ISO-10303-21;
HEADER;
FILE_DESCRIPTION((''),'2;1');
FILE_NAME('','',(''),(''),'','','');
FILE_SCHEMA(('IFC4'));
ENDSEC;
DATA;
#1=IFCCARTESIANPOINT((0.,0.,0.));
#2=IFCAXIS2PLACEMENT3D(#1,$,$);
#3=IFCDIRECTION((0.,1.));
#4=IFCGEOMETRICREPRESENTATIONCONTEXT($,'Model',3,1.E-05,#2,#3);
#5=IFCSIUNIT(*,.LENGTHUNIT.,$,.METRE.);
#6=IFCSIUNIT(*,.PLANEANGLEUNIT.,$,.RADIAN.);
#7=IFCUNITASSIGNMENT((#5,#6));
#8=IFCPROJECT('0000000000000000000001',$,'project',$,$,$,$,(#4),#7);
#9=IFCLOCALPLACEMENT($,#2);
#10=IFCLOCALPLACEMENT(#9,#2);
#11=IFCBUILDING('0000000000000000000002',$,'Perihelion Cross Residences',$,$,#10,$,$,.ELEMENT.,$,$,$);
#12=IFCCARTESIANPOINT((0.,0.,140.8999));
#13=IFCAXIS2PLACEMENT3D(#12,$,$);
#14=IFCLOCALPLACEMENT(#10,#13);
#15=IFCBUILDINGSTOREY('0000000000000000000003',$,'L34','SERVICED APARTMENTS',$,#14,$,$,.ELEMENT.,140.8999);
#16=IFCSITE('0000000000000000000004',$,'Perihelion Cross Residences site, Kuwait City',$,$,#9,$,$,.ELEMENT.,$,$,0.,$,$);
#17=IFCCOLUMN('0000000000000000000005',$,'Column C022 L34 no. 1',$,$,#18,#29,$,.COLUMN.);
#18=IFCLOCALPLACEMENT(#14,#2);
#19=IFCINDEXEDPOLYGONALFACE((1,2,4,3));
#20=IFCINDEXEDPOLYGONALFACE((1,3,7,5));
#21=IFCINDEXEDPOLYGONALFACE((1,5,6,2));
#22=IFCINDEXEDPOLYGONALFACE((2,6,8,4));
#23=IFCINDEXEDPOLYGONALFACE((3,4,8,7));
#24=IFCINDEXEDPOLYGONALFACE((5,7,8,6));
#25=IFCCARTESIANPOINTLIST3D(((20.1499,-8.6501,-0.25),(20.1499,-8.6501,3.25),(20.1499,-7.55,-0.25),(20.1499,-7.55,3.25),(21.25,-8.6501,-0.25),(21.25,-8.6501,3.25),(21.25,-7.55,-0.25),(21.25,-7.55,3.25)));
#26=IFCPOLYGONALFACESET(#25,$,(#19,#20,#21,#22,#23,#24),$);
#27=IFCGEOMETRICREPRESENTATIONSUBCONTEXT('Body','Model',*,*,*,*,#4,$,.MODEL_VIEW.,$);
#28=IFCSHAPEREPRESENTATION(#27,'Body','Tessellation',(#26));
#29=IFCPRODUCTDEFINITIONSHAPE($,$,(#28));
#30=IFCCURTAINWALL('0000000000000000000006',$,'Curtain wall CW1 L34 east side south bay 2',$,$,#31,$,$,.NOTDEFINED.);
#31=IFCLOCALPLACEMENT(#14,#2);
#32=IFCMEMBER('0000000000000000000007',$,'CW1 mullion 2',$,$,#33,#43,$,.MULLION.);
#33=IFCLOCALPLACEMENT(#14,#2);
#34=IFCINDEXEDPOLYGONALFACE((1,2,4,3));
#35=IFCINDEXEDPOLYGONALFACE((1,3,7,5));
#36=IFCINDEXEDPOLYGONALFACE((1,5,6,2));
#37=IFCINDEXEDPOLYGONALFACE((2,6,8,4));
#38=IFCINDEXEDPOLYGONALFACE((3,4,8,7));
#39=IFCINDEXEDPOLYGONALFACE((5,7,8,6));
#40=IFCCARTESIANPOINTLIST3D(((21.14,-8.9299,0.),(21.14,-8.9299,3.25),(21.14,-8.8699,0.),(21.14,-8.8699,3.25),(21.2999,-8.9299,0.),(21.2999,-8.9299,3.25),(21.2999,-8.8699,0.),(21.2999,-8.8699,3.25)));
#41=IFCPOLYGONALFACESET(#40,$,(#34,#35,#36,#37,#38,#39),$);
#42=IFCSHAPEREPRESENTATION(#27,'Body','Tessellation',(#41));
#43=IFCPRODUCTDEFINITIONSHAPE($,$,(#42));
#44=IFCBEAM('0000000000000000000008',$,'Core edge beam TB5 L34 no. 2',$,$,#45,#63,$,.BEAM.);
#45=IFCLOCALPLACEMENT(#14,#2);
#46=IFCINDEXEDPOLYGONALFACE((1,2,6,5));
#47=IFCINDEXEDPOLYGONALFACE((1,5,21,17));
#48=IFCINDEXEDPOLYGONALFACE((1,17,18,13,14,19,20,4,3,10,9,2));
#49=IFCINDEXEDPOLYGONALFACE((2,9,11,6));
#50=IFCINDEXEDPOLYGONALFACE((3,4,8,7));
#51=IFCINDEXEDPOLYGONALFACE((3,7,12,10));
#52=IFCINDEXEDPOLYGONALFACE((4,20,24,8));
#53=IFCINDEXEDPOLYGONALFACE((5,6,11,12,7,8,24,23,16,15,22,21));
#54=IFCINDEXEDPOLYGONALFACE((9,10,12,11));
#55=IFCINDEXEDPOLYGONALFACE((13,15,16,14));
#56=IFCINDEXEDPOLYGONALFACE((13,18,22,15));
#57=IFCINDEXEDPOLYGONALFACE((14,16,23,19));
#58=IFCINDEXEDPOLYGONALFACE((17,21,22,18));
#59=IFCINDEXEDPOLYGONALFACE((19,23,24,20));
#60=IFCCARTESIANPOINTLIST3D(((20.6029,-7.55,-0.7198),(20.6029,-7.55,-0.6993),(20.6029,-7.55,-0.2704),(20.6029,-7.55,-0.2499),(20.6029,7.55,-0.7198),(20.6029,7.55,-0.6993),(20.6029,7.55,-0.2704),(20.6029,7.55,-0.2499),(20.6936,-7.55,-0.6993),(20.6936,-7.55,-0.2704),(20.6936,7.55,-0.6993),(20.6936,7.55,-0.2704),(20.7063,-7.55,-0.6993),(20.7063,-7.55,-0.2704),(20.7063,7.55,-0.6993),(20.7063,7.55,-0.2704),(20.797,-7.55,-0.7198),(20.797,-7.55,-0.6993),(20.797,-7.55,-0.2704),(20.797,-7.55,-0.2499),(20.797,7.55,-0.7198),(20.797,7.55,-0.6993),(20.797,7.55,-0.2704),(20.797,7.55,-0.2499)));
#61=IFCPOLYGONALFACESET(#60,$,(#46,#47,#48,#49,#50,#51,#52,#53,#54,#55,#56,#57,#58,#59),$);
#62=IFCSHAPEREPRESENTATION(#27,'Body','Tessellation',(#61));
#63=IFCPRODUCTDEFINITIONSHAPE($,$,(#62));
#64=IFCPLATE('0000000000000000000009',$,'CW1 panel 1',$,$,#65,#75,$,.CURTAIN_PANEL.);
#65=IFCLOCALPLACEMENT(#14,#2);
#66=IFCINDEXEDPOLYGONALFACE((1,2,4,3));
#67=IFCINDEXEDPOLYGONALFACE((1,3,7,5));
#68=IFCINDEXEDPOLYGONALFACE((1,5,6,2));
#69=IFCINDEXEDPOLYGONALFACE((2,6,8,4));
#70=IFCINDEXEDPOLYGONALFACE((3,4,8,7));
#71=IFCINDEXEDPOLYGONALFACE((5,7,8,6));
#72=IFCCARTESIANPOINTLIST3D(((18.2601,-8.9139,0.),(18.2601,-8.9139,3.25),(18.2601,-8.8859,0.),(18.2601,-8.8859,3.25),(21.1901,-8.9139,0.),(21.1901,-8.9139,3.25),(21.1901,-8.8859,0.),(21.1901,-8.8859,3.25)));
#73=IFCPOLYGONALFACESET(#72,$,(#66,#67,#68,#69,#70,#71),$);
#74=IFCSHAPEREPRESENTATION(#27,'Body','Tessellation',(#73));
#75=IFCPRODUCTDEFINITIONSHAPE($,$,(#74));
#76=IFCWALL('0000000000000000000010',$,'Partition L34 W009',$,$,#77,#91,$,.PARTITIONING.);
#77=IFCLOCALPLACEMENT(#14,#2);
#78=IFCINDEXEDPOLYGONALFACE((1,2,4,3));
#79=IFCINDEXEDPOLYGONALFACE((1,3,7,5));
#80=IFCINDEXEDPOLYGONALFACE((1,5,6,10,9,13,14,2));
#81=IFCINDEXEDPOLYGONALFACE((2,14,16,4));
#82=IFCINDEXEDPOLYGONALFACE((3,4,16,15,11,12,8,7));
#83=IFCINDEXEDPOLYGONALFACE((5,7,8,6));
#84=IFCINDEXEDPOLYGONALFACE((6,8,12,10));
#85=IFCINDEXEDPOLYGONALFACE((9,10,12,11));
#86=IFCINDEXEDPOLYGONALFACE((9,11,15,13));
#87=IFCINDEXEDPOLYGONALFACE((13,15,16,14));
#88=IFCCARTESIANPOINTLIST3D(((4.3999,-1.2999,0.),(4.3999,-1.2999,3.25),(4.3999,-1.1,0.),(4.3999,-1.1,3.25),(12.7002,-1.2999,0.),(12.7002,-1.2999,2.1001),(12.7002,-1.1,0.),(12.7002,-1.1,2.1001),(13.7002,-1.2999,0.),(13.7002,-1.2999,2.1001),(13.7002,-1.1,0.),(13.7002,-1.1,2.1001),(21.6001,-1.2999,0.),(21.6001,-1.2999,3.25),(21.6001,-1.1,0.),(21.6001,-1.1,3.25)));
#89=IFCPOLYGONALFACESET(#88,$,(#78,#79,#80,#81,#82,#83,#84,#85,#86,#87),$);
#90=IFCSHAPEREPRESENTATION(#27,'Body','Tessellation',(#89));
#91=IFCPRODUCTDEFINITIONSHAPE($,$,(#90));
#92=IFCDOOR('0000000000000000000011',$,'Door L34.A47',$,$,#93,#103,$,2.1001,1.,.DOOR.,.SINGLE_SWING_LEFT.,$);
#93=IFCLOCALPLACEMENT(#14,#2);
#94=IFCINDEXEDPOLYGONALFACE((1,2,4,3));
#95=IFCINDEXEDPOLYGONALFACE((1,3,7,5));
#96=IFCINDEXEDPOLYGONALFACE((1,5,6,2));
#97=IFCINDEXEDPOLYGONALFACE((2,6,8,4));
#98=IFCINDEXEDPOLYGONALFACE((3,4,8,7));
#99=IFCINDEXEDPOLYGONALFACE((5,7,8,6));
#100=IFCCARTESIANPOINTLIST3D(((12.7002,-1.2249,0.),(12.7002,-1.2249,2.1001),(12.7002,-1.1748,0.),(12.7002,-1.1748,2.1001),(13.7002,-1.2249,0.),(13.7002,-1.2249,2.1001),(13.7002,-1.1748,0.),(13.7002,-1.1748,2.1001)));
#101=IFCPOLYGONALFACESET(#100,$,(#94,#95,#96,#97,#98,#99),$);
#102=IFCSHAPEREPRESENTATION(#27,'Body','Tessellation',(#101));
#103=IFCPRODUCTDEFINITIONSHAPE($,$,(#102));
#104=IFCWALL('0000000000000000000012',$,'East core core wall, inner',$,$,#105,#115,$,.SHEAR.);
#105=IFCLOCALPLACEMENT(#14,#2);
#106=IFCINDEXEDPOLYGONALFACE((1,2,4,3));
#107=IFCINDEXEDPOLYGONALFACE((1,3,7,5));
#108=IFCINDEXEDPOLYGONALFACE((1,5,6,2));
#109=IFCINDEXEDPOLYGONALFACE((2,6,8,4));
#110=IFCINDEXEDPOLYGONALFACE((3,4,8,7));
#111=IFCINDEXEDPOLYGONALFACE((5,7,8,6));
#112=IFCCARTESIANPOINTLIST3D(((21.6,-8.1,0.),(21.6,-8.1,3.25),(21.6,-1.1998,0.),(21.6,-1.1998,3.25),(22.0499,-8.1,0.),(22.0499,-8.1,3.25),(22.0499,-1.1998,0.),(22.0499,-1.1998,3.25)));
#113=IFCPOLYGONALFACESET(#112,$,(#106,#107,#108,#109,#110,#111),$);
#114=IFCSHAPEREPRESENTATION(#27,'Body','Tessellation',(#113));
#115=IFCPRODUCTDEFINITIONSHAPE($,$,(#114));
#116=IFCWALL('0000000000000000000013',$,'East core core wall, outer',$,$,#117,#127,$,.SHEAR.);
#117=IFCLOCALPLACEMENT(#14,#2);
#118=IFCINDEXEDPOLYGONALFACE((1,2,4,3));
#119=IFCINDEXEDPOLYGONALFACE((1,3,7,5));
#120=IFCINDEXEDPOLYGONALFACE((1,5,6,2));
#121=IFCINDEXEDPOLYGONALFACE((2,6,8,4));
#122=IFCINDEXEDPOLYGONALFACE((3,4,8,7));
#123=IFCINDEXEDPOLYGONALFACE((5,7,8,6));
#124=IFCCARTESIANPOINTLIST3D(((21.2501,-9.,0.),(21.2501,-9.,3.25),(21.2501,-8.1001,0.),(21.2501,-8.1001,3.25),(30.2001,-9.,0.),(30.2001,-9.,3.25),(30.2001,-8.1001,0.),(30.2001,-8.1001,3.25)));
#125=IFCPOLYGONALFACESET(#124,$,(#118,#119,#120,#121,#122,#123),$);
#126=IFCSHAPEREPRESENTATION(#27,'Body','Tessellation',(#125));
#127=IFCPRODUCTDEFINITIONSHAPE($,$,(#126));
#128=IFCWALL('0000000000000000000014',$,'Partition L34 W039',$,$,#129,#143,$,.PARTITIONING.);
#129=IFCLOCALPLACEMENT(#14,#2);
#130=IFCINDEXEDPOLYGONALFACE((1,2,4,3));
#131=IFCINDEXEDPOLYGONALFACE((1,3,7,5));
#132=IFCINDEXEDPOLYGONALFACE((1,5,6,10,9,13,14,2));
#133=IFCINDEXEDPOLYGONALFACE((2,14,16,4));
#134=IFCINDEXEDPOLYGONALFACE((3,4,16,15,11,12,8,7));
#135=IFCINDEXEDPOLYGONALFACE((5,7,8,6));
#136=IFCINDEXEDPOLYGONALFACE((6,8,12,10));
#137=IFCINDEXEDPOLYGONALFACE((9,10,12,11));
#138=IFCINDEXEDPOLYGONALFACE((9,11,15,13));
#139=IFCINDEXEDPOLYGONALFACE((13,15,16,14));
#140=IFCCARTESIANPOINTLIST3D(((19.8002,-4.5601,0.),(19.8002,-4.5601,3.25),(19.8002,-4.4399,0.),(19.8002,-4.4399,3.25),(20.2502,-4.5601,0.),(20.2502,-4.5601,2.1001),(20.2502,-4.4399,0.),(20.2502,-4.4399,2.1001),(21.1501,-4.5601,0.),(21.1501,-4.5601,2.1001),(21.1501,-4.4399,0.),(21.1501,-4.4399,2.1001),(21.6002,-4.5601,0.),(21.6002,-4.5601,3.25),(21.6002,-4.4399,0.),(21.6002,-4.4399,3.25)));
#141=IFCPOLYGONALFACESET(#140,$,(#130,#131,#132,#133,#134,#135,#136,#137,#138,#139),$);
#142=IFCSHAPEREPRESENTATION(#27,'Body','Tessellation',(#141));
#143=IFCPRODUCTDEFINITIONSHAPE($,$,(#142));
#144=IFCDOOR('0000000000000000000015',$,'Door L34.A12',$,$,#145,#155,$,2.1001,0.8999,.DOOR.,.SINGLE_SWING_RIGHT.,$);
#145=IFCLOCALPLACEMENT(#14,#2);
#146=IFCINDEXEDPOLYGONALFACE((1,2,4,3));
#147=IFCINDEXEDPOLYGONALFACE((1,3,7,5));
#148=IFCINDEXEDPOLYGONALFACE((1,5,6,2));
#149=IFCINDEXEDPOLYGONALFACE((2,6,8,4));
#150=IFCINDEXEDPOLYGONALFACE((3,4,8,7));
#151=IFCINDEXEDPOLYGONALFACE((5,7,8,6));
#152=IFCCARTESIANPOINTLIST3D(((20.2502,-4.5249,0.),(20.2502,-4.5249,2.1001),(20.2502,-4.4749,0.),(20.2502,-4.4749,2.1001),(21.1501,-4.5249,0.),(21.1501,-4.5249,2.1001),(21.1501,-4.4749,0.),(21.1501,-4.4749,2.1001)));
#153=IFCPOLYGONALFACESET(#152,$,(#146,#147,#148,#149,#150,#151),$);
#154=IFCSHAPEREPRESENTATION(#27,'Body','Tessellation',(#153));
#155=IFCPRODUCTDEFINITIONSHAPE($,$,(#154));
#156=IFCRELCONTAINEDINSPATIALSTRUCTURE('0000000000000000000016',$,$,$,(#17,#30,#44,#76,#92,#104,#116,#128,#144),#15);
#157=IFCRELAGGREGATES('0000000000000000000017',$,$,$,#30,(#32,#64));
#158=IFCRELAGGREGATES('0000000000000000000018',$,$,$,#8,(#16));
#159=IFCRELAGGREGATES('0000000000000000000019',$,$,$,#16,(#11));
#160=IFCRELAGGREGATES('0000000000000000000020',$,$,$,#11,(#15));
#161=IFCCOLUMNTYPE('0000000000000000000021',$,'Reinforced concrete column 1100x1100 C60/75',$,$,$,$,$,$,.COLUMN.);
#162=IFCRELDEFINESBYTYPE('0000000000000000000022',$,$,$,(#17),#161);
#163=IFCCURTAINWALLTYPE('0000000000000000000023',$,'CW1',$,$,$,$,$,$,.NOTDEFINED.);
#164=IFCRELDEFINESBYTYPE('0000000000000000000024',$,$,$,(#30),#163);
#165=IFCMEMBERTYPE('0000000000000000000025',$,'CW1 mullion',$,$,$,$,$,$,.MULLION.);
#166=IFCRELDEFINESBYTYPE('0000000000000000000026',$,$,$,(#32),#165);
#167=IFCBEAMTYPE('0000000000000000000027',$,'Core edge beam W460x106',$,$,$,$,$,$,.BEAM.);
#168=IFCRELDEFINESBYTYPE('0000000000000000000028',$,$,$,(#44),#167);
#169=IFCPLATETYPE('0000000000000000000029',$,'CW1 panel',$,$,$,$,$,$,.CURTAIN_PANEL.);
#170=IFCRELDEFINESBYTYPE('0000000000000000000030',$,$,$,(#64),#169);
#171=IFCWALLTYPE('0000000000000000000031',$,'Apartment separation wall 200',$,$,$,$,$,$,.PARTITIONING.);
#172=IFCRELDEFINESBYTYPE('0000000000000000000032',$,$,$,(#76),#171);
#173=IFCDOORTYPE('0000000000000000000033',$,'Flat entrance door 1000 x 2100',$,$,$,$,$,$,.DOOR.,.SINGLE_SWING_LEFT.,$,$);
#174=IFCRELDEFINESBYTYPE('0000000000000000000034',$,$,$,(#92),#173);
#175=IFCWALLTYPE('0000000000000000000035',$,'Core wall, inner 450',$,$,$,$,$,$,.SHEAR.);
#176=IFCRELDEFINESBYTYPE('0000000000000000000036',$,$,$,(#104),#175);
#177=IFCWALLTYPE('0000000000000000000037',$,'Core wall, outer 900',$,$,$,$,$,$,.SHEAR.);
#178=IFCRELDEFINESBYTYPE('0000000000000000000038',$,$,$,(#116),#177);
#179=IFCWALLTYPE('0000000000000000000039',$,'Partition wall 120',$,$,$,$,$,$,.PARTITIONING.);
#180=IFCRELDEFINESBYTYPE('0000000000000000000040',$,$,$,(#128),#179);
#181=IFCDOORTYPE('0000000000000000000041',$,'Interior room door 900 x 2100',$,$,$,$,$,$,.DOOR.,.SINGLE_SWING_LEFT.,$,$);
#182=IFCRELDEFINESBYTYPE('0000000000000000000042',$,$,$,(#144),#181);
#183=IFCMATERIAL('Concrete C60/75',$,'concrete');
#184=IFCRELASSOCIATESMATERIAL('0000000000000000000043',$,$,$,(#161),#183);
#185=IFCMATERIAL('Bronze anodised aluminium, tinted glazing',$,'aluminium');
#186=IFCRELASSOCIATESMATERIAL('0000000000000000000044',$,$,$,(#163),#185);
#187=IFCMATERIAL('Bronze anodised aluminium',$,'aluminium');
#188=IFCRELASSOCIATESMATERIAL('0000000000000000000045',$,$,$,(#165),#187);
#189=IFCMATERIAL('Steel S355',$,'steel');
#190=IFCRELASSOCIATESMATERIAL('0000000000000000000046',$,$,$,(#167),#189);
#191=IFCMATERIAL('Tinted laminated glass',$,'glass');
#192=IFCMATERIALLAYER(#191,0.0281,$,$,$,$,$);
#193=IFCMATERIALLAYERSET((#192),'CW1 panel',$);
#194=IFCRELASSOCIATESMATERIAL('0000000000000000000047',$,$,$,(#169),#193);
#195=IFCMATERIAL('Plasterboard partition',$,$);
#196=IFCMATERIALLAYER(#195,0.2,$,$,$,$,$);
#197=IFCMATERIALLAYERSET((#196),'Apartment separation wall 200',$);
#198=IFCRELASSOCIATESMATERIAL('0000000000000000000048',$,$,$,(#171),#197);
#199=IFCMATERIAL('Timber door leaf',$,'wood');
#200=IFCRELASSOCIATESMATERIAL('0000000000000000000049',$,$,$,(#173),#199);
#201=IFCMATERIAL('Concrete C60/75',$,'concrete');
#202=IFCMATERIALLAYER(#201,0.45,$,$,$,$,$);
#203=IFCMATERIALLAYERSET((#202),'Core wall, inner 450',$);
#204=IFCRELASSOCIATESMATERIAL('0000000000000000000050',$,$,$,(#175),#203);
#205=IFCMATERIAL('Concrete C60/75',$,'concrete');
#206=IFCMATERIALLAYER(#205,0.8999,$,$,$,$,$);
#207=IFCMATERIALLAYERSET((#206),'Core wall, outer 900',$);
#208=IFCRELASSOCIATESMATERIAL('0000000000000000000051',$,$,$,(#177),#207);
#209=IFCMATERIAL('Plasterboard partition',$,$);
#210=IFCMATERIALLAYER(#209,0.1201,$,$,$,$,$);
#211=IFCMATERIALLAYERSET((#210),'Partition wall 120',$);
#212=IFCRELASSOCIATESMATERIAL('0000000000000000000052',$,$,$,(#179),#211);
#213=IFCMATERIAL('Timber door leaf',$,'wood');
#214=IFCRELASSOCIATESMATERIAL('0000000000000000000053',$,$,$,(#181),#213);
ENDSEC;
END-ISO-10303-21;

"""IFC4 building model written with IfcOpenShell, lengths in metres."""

from ifc_helpers import new_model, si_unit, direction, frame, frame_2d, origin, origin_2d, place, context, subcontext, project, spatial, rectangle, i_section, extrude, material, layer, layer_set, material_profile, profile_set, type_object, element, fill, aggregate, save


model = new_model("IFC4")

# Units and contexts
model_context = context("Model", 3, precision=1e-05, world=origin(), true_north=direction((0.0, 1.0)))
body_context = subcontext(model_context, "Body", "Model", "MODEL_VIEW")
ifc_project = project(units=[si_unit("LENGTHUNIT", "METRE"), si_unit("PLANEANGLEUNIT", "RADIAN")], contexts=[model_context])

# Site, building, storey
site_placement = place(None, origin())
site = spatial("IfcSite", under=ifc_project, at=site_placement, Name="Perihelion Cross Residences site, Kuwait City", CompositionType="ELEMENT", RefElevation=0.0)
building_placement = place(site_placement, origin())
building = spatial("IfcBuilding", under=site, at=building_placement, Name="Perihelion Cross Residences", CompositionType="ELEMENT")
storey_placement = place(building_placement, frame((0.0, 0.0, 140.8999)))
storey = spatial("IfcBuildingStorey", under=building, at=storey_placement, Name="L34", Description="SERVICED APARTMENTS", CompositionType="ELEMENT", Elevation=140.8999)

# Column
ifc_material_1 = material(Name="Concrete C60/75", Category="concrete")
ifc_material_profile_1 = material_profile(ifc_material_1, rectangle(XDim=1.1001, YDim=1.1001, at=origin_2d()), Name="RC 1100x1100")
ifc_profile_set_1 = profile_set([ifc_material_profile_1], Name="Concrete C60/75")
column_type = type_object("IfcColumnType", Name="Reinforced concrete column 1100x1100 C60/75", PredefinedType="COLUMN", material=ifc_profile_set_1)
column_placement = place(storey_placement, frame((20.7, -8.1001, -0.25), z_axis=(0.0, 0.0, 1.0), x_axis=(1.0, 0.0, 0.0)))
element("IfcColumn", 1, at=column_placement, inside=storey, type_object=column_type, Name="Column C022 L34 no. 1", PredefinedType="COLUMN", context=body_context, shape_type="SweptSolid", body=[
    extrude(rectangle(XDim=1.1001, YDim=1.1001, at=origin_2d()), origin(), (0.0, 0.0, 1.0), 3.5),
])

# Curtain wall, member
ifc_material_2 = material(Name="Bronze anodised aluminium, tinted glazing", Category="aluminium")
curtain_wall_type = type_object("IfcCurtainWallType", Name="CW1", PredefinedType="NOTDEFINED", material=ifc_material_2)
curtain_wall_placement = place(storey_placement, origin())
curtain_wall = element("IfcCurtainWall", 2, at=curtain_wall_placement, inside=storey, type_object=curtain_wall_type, Name="Curtain wall CW1 L34 east side south bay 2", PredefinedType="NOTDEFINED")
ifc_material_3 = material(Name="Bronze anodised aluminium", Category="aluminium")
ifc_material_profile_2 = material_profile(ifc_material_3, rectangle(XDim=0.0601, YDim=0.1599, at=origin_2d()), Name="CW1 mullion")
ifc_profile_set_2 = profile_set([ifc_material_profile_2], Name="Bronze anodised aluminium")
member_type = type_object("IfcMemberType", Name="CW1 mullion", PredefinedType="MULLION", material=ifc_profile_set_2)
member_placement = place(storey_placement, frame((21.22, -8.8999, 0.0), z_axis=(0.0, 0.0, 1.0), x_axis=(0.0, 1.0, 0.0)))
member = element("IfcMember", 3, at=member_placement, type_object=member_type, Name="CW1 mullion 2", PredefinedType="MULLION", context=body_context, shape_type="SweptSolid", body=[
    extrude(rectangle(XDim=0.0601, YDim=0.1599, at=origin_2d()), origin(), (0.0, 0.0, 1.0), 3.25),
])

# Beam
ifc_material_4 = material(Name="Steel S355", Category="steel")
ifc_material_profile_3 = material_profile(ifc_material_4, i_section(OverallWidth=0.1941, OverallDepth=0.47, WebThickness=0.0127, FlangeThickness=0.0205, at=origin_2d()), Name="W460x106")
ifc_profile_set_3 = profile_set([ifc_material_profile_3], Name="Steel S355")
beam_type = type_object("IfcBeamType", Name="Core edge beam W460x106", PredefinedType="BEAM", material=ifc_profile_set_3)
beam_placement = place(storey_placement, frame((20.7, -7.55, -0.4849), z_axis=(0.0, 1.0, 0.0), x_axis=(-1.0, 0.0, 0.0)))
element("IfcBeam", 4, at=beam_placement, inside=storey, type_object=beam_type, Name="Core edge beam TB5 L34 no. 2", PredefinedType="BEAM", context=body_context, shape_type="SweptSolid", body=[
    extrude(i_section(OverallWidth=0.1941, OverallDepth=0.47, WebThickness=0.0127, FlangeThickness=0.0205, at=origin_2d()), origin(), (0.0, 0.0, 1.0), 15.1001),
])

# Plate
ifc_material_5 = material(Name="Tinted laminated glass", Category="glass")
ifc_layer_1 = layer(ifc_material_5, 0.0281)
ifc_layer_set_1 = layer_set([ifc_layer_1], Name="CW1 panel")
plate_type = type_object("IfcPlateType", Name="CW1 panel", PredefinedType="CURTAIN_PANEL", material=ifc_layer_set_1)
plate_placement = place(storey_placement, frame((19.7251, -8.8999, 0.0), z_axis=(0.0, 0.0, 1.0), x_axis=(1.0, 0.0, 0.0)))
plate = element("IfcPlate", 5, at=plate_placement, type_object=plate_type, Name="CW1 panel 1", PredefinedType="CURTAIN_PANEL", context=body_context, shape_type="SweptSolid", body=[
    extrude(rectangle(XDim=2.9299, YDim=0.0281, at=origin_2d()), origin(), (0.0, 0.0, 1.0), 3.25),
])
aggregate(curtain_wall, [member, plate])

# Wall, opening, door
ifc_material_6 = material(Name="Plasterboard partition")
ifc_layer_2 = layer(ifc_material_6, 0.2)
ifc_layer_set_2 = layer_set([ifc_layer_2], Name="Apartment separation wall 200")
wall_type_1 = type_object("IfcWallType", Name="Apartment separation wall 200", PredefinedType="PARTITIONING", material=ifc_layer_set_2)
wall_1_placement = place(storey_placement, frame((21.6001, -1.2, 0.0), z_axis=(0.0, 0.0, 1.0), x_axis=(-1.0, 0.0, 0.0)))
wall_1 = element("IfcWall", 6, at=wall_1_placement, inside=storey, type_object=wall_type_1, Name="Partition L34 W009", PredefinedType="PARTITIONING", context=body_context, shape_type="SweptSolid", body=[
    extrude(rectangle(XDim=17.2002, YDim=0.2, at=frame_2d((8.6001, 0.0))), origin(), (0.0, 0.0, 1.0), 3.25),
])
opening_1_placement = place(wall_1_placement, frame((7.8999, 0.0, 0.0)))
opening_1 = element("IfcOpeningElement", 7, at=opening_1_placement, cuts=wall_1, PredefinedType="OPENING", context=body_context, shape_type="SweptSolid", body=[
    extrude(rectangle(XDim=1.0, YDim=2.1001, at=frame_2d((0.5, 1.05))), frame((0.0, 0.1099, 0.0), z_axis=(0.0, -1.0, 0.0), x_axis=(1.0, 0.0, 0.0)), (0.0, 0.0, 1.0), 0.22),
])
ifc_material_7 = material(Name="Timber door leaf", Category="wood")
door_type_1 = type_object("IfcDoorType", Name="Flat entrance door 1000 x 2100", OperationType="SINGLE_SWING_LEFT", PredefinedType="DOOR", material=ifc_material_7)
door_1_placement = place(opening_1_placement, origin())
door_1 = element("IfcDoor", 8, at=door_1_placement, inside=storey, type_object=door_type_1, Name="Door L34.A47", OperationType="SINGLE_SWING_LEFT", OverallHeight=2.1001, OverallWidth=1.0, PredefinedType="DOOR", context=body_context, shape_type="SweptSolid", body=[
    extrude(rectangle(XDim=1.0, YDim=2.1001, at=frame_2d((0.5, 1.05))), frame((0.0, 0.0249, 0.0), z_axis=(0.0, -1.0, 0.0), x_axis=(1.0, 0.0, 0.0)), (0.0, 0.0, 1.0), 0.05),
])
fill(opening_1, door_1)

# Walls
ifc_material_8 = material(Name="Concrete C60/75", Category="concrete")
ifc_layer_3 = layer(ifc_material_8, 0.45)
ifc_layer_set_3 = layer_set([ifc_layer_3], Name="Core wall, inner 450")
wall_type_2 = type_object("IfcWallType", Name="Core wall, inner 450", PredefinedType="SHEAR", material=ifc_layer_set_3)
wall_2_placement = place(storey_placement, frame((21.825, -8.1001, 0.0), z_axis=(0.0, 0.0, 1.0), x_axis=(0.0, 1.0, 0.0)))
element("IfcWall", 9, at=wall_2_placement, inside=storey, type_object=wall_type_2, Name="East core core wall, inner", PredefinedType="SHEAR", context=body_context, shape_type="SweptSolid", body=[
    extrude(rectangle(XDim=6.9001, YDim=0.45, at=frame_2d((3.4502, 0.0))), origin(), (0.0, 0.0, 1.0), 3.25),
])
ifc_material_9 = material(Name="Concrete C60/75", Category="concrete")
ifc_layer_4 = layer(ifc_material_9, 0.8999)
ifc_layer_set_4 = layer_set([ifc_layer_4], Name="Core wall, outer 900")
wall_type_3 = type_object("IfcWallType", Name="Core wall, outer 900", PredefinedType="SHEAR", material=ifc_layer_set_4)
wall_3_placement = place(storey_placement, frame((21.25, -8.55, 0.0), z_axis=(0.0, 0.0, 1.0), x_axis=(1.0, 0.0, 0.0)))
element("IfcWall", 10, at=wall_3_placement, inside=storey, type_object=wall_type_3, Name="East core core wall, outer", PredefinedType="SHEAR", context=body_context, shape_type="SweptSolid", body=[
    extrude(rectangle(XDim=8.95, YDim=0.8999, at=frame_2d((4.4751, 0.0))), origin(), (0.0, 0.0, 1.0), 3.25),
])

# Wall, opening, door
ifc_material_10 = material(Name="Plasterboard partition")
ifc_layer_5 = layer(ifc_material_10, 0.1201)
ifc_layer_set_5 = layer_set([ifc_layer_5], Name="Partition wall 120")
wall_type_4 = type_object("IfcWallType", Name="Partition wall 120", PredefinedType="PARTITIONING", material=ifc_layer_set_5)
wall_4_placement = place(storey_placement, frame((21.6001, -4.5, 0.0), z_axis=(0.0, 0.0, 1.0), x_axis=(-1.0, 0.0, 0.0)))
wall_4 = element("IfcWall", 11, at=wall_4_placement, inside=storey, type_object=wall_type_4, Name="Partition L34 W039", PredefinedType="PARTITIONING", context=body_context, shape_type="SweptSolid", body=[
    extrude(rectangle(XDim=1.8, YDim=0.1201, at=frame_2d((0.8999, 0.0))), origin(), (0.0, 0.0, 1.0), 3.25),
])
opening_2_placement = place(wall_4_placement, frame((0.45, 0.0, 0.0)))
opening_2 = element("IfcOpeningElement", 12, at=opening_2_placement, cuts=wall_4, PredefinedType="OPENING", context=body_context, shape_type="SweptSolid", body=[
    extrude(rectangle(XDim=0.8999, YDim=2.1001, at=frame_2d((0.45, 1.05))), frame((0.0, 0.0701, 0.0), z_axis=(0.0, -1.0, 0.0), x_axis=(1.0, 0.0, 0.0)), (0.0, 0.0, 1.0), 0.1401),
])
ifc_material_11 = material(Name="Timber door leaf", Category="wood")
door_type_2 = type_object("IfcDoorType", Name="Interior room door 900 x 2100", OperationType="SINGLE_SWING_LEFT", PredefinedType="DOOR", material=ifc_material_11)
door_2_placement = place(opening_2_placement, origin())
door_2 = element("IfcDoor", 13, at=door_2_placement, inside=storey, type_object=door_type_2, Name="Door L34.A12", OperationType="SINGLE_SWING_RIGHT", OverallHeight=2.1001, OverallWidth=0.8999, PredefinedType="DOOR", context=body_context, shape_type="SweptSolid", body=[
    extrude(rectangle(XDim=0.8999, YDim=2.1001, at=frame_2d((0.45, 1.05))), frame((0.0, 0.0249, 0.0), z_axis=(0.0, -1.0, 0.0), x_axis=(1.0, 0.0, 0.0)), (0.0, 0.0, 1.0), 0.05),
])
fill(opening_2, door_2)

save(model, "model.ifc")
